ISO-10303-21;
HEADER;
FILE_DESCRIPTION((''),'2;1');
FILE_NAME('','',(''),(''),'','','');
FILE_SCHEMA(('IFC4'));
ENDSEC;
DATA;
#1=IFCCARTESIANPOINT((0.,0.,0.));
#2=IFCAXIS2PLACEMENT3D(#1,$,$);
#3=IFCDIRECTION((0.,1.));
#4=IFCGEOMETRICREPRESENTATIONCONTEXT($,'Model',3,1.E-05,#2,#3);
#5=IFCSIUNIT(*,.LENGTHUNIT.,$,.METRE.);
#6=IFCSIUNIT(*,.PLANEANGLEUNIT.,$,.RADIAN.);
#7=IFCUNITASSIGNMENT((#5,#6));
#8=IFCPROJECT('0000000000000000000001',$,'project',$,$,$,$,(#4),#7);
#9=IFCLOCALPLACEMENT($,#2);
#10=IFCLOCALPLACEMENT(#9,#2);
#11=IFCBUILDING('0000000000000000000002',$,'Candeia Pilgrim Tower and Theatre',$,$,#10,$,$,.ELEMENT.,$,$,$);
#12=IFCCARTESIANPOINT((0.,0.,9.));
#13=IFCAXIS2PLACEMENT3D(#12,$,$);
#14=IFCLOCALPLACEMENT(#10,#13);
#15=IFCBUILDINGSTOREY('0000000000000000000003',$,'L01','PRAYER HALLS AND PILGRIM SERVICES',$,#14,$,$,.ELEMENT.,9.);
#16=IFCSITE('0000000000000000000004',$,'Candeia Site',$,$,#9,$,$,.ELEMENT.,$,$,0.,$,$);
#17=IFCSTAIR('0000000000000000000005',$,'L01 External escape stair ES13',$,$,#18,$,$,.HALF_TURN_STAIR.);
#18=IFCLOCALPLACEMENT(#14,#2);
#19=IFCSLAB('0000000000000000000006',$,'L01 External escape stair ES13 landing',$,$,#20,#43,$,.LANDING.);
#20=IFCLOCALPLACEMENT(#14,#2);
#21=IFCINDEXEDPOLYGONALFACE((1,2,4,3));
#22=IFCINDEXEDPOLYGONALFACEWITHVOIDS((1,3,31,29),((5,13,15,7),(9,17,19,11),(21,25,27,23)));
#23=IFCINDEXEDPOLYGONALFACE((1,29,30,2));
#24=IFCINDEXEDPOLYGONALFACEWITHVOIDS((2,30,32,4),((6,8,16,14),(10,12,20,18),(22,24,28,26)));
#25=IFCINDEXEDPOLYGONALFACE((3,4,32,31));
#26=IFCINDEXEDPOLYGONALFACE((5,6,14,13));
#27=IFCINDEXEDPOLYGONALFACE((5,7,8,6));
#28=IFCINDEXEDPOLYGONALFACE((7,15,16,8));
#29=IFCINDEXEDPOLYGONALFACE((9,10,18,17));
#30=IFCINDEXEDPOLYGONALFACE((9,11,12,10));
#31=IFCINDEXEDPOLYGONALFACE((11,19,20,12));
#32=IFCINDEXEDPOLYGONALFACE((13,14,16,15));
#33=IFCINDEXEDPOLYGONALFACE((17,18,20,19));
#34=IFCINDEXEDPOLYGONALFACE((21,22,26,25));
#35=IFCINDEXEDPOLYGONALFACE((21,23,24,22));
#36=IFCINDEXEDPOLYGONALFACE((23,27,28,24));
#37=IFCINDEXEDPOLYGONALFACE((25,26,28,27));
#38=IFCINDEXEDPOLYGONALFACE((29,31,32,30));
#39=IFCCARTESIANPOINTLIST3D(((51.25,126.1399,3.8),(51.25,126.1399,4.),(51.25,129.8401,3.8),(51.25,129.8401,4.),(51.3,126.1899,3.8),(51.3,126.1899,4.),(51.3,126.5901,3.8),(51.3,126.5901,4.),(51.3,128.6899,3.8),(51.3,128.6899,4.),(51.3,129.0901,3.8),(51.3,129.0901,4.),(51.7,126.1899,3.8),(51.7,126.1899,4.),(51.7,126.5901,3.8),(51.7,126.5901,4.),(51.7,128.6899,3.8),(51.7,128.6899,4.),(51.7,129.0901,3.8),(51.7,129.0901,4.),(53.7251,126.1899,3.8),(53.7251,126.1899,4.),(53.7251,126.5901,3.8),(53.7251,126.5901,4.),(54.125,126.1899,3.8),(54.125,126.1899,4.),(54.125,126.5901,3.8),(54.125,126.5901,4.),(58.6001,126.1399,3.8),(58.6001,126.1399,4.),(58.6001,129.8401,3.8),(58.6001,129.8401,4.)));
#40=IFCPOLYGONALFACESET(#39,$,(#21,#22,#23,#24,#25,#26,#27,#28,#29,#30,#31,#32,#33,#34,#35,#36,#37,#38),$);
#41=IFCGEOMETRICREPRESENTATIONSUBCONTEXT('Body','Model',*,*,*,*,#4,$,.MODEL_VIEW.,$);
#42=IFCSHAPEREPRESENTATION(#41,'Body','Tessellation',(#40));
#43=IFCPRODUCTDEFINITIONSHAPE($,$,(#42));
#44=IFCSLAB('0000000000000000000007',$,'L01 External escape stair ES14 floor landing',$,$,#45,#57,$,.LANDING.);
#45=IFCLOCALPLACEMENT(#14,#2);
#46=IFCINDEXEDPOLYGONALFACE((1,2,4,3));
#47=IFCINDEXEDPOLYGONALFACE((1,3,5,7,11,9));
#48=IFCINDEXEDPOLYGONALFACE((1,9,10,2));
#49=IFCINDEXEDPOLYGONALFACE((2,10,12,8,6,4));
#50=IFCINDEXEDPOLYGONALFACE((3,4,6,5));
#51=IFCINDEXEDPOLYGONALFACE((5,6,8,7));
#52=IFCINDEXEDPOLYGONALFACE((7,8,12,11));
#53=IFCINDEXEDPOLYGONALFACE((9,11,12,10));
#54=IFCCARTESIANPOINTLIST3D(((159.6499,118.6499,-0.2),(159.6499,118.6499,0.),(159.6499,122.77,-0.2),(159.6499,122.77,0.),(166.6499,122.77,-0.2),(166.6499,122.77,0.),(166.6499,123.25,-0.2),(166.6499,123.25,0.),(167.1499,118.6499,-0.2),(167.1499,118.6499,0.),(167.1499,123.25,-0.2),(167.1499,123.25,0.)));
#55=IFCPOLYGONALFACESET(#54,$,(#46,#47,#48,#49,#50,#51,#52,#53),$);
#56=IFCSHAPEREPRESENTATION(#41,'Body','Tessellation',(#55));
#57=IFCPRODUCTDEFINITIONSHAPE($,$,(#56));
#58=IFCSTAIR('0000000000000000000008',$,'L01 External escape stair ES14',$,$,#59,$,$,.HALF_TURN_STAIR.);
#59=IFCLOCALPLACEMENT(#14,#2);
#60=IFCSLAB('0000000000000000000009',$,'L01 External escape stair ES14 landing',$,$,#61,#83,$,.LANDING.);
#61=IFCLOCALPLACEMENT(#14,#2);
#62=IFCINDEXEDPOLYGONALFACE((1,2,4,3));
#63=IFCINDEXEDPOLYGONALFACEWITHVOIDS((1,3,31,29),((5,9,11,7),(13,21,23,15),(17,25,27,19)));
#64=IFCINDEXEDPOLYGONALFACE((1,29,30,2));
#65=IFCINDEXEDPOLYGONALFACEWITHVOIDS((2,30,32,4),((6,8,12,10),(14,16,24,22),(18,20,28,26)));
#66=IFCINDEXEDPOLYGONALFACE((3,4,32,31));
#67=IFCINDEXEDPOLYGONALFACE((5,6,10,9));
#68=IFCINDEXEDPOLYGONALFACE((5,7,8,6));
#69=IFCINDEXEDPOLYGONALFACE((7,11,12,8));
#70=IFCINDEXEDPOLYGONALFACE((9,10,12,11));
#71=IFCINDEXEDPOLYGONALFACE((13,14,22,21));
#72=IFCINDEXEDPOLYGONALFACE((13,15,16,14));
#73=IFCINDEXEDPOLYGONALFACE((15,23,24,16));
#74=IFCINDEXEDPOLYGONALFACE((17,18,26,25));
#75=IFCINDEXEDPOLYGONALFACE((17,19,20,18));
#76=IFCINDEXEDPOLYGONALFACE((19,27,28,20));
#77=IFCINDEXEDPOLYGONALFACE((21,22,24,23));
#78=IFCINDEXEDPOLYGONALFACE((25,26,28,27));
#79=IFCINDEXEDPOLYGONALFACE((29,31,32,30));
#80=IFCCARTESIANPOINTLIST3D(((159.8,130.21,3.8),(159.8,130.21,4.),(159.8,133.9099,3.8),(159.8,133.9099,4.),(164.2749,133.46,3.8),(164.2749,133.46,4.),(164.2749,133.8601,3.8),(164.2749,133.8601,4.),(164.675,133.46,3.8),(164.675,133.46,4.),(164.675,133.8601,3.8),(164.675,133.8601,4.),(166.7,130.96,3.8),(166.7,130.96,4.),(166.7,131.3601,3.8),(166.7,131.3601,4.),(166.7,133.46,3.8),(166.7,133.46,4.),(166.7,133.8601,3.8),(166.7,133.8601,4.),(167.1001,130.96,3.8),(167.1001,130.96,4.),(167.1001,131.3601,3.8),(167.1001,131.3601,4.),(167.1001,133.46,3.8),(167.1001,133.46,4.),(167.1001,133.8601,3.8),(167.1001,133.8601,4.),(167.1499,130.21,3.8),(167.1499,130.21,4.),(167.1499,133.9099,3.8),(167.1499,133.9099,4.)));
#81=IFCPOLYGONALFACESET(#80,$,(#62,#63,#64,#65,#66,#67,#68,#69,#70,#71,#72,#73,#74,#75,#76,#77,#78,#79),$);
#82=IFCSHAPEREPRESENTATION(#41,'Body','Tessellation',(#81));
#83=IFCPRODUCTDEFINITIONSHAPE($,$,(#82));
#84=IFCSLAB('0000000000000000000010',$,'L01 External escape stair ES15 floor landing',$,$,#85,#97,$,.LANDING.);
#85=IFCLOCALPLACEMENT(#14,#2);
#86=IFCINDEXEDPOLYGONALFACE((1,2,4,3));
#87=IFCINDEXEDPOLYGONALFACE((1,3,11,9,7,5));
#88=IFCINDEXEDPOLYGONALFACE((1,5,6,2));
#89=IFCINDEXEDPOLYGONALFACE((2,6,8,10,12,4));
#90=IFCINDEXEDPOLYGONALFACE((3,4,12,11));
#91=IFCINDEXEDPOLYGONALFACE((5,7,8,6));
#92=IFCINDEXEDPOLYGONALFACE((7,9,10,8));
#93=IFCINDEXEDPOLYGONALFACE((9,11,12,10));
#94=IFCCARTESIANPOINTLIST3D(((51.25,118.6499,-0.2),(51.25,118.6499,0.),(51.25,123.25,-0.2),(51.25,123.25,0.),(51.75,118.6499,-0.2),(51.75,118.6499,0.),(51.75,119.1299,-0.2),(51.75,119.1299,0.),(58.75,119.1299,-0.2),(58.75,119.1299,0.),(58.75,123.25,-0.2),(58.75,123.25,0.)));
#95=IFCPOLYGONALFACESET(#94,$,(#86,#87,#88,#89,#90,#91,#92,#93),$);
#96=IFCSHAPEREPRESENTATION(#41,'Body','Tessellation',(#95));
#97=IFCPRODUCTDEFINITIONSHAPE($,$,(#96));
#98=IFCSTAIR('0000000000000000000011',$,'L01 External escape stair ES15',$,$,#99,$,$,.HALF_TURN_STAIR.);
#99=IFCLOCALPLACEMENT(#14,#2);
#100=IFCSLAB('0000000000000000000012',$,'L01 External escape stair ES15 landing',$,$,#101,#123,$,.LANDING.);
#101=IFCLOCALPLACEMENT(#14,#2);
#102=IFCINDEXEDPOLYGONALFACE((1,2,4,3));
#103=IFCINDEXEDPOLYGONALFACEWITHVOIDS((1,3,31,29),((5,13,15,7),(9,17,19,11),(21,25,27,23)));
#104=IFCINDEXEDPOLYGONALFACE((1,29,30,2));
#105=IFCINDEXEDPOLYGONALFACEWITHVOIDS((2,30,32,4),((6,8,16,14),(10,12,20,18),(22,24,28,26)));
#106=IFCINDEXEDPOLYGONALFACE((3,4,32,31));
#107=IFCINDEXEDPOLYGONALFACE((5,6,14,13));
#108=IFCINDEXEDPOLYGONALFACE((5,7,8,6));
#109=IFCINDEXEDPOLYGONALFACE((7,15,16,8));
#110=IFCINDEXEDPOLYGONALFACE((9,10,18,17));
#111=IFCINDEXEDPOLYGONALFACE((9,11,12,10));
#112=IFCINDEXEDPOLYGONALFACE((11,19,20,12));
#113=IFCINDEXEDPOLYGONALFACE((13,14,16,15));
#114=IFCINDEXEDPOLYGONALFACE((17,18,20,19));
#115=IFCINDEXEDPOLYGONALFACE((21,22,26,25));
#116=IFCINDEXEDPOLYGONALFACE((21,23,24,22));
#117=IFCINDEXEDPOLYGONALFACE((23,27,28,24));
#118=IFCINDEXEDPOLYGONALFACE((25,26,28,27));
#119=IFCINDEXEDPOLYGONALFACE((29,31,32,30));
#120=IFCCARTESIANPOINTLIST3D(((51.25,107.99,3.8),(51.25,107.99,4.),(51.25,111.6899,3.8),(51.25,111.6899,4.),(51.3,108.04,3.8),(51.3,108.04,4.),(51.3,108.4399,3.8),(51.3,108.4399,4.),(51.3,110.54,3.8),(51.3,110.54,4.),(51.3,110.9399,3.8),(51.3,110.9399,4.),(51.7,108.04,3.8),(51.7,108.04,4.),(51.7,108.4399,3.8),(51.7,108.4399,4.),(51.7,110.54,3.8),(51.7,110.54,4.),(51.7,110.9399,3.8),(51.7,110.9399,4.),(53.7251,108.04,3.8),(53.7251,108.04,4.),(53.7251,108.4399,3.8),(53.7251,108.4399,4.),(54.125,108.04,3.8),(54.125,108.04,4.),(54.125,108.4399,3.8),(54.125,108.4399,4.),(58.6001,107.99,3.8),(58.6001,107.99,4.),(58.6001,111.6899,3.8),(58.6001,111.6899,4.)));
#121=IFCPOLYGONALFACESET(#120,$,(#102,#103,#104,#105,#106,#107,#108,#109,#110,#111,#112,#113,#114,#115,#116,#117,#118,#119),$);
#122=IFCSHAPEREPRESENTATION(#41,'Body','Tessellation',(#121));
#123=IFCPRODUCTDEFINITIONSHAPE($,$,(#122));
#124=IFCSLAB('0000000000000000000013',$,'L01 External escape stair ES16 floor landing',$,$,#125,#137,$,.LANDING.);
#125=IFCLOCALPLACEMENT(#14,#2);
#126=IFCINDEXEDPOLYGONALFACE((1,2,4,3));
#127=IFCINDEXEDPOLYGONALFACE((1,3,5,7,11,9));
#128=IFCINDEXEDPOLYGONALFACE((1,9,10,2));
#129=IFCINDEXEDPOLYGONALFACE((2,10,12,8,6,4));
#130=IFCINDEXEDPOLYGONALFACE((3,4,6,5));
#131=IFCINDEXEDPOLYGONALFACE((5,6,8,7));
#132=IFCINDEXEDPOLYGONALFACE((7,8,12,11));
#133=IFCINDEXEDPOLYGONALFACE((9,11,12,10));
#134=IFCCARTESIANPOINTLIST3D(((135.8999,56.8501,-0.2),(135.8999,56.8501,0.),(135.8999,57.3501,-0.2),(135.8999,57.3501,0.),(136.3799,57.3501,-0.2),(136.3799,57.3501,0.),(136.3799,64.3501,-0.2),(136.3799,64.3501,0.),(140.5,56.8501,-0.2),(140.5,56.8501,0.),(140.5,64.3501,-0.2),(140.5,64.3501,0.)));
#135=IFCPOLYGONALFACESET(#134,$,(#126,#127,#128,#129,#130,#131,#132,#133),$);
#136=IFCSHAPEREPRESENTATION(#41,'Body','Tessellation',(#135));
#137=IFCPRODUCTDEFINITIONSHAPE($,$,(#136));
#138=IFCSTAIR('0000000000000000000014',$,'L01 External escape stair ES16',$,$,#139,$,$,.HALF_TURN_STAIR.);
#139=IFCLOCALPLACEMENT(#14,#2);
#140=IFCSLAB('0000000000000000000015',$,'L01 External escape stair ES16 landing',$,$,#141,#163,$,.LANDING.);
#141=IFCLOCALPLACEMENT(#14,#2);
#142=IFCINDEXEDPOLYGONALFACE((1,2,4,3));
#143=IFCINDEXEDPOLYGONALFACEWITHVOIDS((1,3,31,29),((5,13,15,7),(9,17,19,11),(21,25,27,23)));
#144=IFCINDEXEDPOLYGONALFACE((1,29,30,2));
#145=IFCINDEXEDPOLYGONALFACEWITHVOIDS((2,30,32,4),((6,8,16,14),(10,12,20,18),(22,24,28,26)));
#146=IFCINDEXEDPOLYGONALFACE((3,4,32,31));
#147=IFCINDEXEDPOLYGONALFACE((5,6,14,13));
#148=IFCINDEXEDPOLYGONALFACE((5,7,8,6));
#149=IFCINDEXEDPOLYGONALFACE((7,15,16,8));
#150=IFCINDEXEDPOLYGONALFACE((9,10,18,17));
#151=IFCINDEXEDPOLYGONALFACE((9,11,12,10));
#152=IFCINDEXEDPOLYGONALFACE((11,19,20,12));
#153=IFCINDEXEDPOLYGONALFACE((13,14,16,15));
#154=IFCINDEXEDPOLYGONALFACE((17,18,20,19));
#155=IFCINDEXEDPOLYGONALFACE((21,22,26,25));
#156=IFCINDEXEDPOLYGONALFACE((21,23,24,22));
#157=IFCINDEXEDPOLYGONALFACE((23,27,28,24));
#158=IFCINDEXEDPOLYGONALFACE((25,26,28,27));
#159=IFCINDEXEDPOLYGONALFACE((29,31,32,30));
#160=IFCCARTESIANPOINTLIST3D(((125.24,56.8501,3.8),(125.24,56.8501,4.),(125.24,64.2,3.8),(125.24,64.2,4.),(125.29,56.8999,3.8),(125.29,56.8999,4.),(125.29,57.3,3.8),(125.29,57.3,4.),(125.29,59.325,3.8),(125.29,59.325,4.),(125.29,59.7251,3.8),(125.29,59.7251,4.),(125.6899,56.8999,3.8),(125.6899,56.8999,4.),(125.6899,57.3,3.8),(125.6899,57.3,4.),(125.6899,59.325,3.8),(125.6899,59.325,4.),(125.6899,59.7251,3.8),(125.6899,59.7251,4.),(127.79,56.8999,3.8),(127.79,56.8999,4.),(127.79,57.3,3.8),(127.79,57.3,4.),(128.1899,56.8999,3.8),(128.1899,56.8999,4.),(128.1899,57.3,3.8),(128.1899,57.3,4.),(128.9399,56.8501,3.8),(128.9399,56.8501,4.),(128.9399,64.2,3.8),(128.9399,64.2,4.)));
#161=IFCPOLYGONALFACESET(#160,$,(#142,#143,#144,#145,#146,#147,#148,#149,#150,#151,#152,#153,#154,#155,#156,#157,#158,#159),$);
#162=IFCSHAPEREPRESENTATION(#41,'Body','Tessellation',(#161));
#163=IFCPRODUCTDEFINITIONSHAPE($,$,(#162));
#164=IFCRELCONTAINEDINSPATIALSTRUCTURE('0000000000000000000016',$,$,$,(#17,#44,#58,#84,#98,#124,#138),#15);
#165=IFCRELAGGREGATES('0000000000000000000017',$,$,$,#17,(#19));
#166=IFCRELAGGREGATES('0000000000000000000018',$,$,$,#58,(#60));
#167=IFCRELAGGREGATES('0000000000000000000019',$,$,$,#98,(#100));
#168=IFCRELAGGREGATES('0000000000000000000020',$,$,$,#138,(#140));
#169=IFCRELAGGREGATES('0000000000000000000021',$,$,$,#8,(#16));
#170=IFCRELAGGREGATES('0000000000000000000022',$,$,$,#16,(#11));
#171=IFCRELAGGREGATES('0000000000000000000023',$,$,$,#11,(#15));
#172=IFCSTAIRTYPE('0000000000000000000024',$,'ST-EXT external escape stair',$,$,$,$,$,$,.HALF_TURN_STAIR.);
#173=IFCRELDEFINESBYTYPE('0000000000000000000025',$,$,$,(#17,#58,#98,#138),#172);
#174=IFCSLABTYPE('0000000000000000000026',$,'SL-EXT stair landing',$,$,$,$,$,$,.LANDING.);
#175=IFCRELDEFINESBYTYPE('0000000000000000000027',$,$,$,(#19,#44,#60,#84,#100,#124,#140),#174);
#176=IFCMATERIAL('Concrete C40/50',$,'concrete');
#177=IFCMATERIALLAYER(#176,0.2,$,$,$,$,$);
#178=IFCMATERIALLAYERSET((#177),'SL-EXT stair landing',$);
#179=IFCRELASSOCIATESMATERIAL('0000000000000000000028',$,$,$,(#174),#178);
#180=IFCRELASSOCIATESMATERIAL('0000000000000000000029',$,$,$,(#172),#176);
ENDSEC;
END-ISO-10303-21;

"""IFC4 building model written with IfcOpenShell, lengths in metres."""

from ifc_helpers import new_model, si_unit, direction, frame, origin, place, context, subcontext, project, spatial, polyline, outline, extrude, material, layer, layer_set, type_object, element, aggregate, save


model = new_model("IFC4")

# Units and contexts
model_context = context("Model", 3, precision=1e-05, world=origin(), true_north=direction((0.0, 1.0)))
body_context = subcontext(model_context, "Body", "Model", "MODEL_VIEW")
ifc_project = project(units=[si_unit("LENGTHUNIT", "METRE"), si_unit("PLANEANGLEUNIT", "RADIAN")], contexts=[model_context])

# Site, building, storey
site_placement = place(None, origin())
site = spatial("IfcSite", under=ifc_project, at=site_placement, Name="Candeia Site", CompositionType="ELEMENT", RefElevation=0.0)
building_placement = place(site_placement, origin())
building = spatial("IfcBuilding", under=site, at=building_placement, Name="Candeia Pilgrim Tower and Theatre", CompositionType="ELEMENT")
storey_placement = place(building_placement, frame((0.0, 0.0, 9.0)))
storey = spatial("IfcBuildingStorey", under=building, at=storey_placement, Name="L01", Description="PRAYER HALLS AND PILGRIM SERVICES", CompositionType="ELEMENT", Elevation=9.0)

# Shared definitions
ifc_material_1 = material(Name="Concrete C40/50", Category="concrete")

# Shared definitions
ifc_layer = layer(ifc_material_1, 0.2)
ifc_layer_set = layer_set([ifc_layer], Name="SL-EXT stair landing")
slab_type = type_object("IfcSlabType", Name="SL-EXT stair landing", PredefinedType="LANDING", material=ifc_layer_set)

# Shared definitions
stair_type = type_object("IfcStairType", Name="ST-EXT external escape stair", PredefinedType="HALF_TURN_STAIR", material=ifc_material_1)

# Stair, slab
stair_1_placement = place(storey_placement, origin())
stair_1 = element("IfcStair", 1, at=stair_1_placement, inside=storey, type_object=stair_type, Name="L01 External escape stair ES13", PredefinedType="HALF_TURN_STAIR")
slab_1_placement = place(storey_placement, frame((0.0, 0.0, 3.8)))
slab_1 = element("IfcSlab", 2, at=slab_1_placement, type_object=slab_type, Name="L01 External escape stair ES13 landing", PredefinedType="LANDING", context=body_context, shape_type="SweptSolid", body=[
    extrude(outline(polyline([(58.6001, 129.8401), (58.6001, 126.1399), (51.25, 126.1399), (51.25, 129.8401), (58.6001, 129.8401)]), holes=[polyline([(51.3, 128.6899), (51.7, 128.6899), (51.7, 129.0901), (51.3, 129.0901), (51.3, 128.6899)]), polyline([(51.3, 126.1899), (51.7, 126.1899), (51.7, 126.5901), (51.3, 126.5901), (51.3, 126.1899)]), polyline([(53.7251, 126.1899), (54.125, 126.1899), (54.125, 126.5901), (53.7251, 126.5901), (53.7251, 126.1899)])]), origin(), (0.0, 0.0, 1.0), 0.2),
])
aggregate(stair_1, [slab_1])

# Slab
slab_2_placement = place(storey_placement, frame((0.0, 0.0, -0.2)))
element("IfcSlab", 3, at=slab_2_placement, inside=storey, type_object=slab_type, Name="L01 External escape stair ES14 floor landing", PredefinedType="LANDING", context=body_context, shape_type="SweptSolid", body=[
    extrude(outline(polyline([(159.6499, 118.6499), (159.6499, 122.77), (166.6499, 122.77), (166.6499, 123.25), (167.1499, 123.25), (167.1499, 118.6499), (159.6499, 118.6499)])), origin(), (0.0, 0.0, 1.0), 0.2),
])

# Stair, slab
stair_2_placement = place(storey_placement, origin())
stair_2 = element("IfcStair", 4, at=stair_2_placement, inside=storey, type_object=stair_type, Name="L01 External escape stair ES14", PredefinedType="HALF_TURN_STAIR")
slab_3_placement = place(storey_placement, frame((0.0, 0.0, 3.8)))
slab_3 = element("IfcSlab", 5, at=slab_3_placement, type_object=slab_type, Name="L01 External escape stair ES14 landing", PredefinedType="LANDING", context=body_context, shape_type="SweptSolid", body=[
    extrude(outline(polyline([(159.8, 130.21), (159.8, 133.9099), (167.1499, 133.9099), (167.1499, 130.21), (159.8, 130.21)]), holes=[polyline([(166.7, 130.96), (167.1001, 130.96), (167.1001, 131.3601), (166.7, 131.3601), (166.7, 130.96)]), polyline([(166.7, 133.46), (167.1001, 133.46), (167.1001, 133.8601), (166.7, 133.8601), (166.7, 133.46)]), polyline([(164.2749, 133.46), (164.675, 133.46), (164.675, 133.8601), (164.2749, 133.8601), (164.2749, 133.46)])]), origin(), (0.0, 0.0, 1.0), 0.2),
])
aggregate(stair_2, [slab_3])

# Slab
slab_4_placement = place(storey_placement, frame((0.0, 0.0, -0.2)))
element("IfcSlab", 6, at=slab_4_placement, inside=storey, type_object=slab_type, Name="L01 External escape stair ES15 floor landing", PredefinedType="LANDING", context=body_context, shape_type="SweptSolid", body=[
    extrude(outline(polyline([(58.75, 123.25), (58.75, 119.1299), (51.75, 119.1299), (51.75, 118.6499), (51.25, 118.6499), (51.25, 123.25), (58.75, 123.25)])), origin(), (0.0, 0.0, 1.0), 0.2),
])

# Stair, slab
stair_3_placement = place(storey_placement, origin())
stair_3 = element("IfcStair", 7, at=stair_3_placement, inside=storey, type_object=stair_type, Name="L01 External escape stair ES15", PredefinedType="HALF_TURN_STAIR")
slab_5_placement = place(storey_placement, frame((0.0, 0.0, 3.8)))
slab_5 = element("IfcSlab", 8, at=slab_5_placement, type_object=slab_type, Name="L01 External escape stair ES15 landing", PredefinedType="LANDING", context=body_context, shape_type="SweptSolid", body=[
    extrude(outline(polyline([(58.6001, 111.6899), (58.6001, 107.99), (51.25, 107.99), (51.25, 111.6899), (58.6001, 111.6899)]), holes=[polyline([(51.3, 110.54), (51.7, 110.54), (51.7, 110.9399), (51.3, 110.9399), (51.3, 110.54)]), polyline([(51.3, 108.04), (51.7, 108.04), (51.7, 108.4399), (51.3, 108.4399), (51.3, 108.04)]), polyline([(53.7251, 108.04), (54.125, 108.04), (54.125, 108.4399), (53.7251, 108.4399), (53.7251, 108.04)])]), origin(), (0.0, 0.0, 1.0), 0.2),
])
aggregate(stair_3, [slab_5])

# Slab
slab_6_placement = place(storey_placement, frame((0.0, 0.0, -0.2)))
element("IfcSlab", 9, at=slab_6_placement, inside=storey, type_object=slab_type, Name="L01 External escape stair ES16 floor landing", PredefinedType="LANDING", context=body_context, shape_type="SweptSolid", body=[
    extrude(outline(polyline([(140.5, 64.3501), (136.3799, 64.3501), (136.3799, 57.3501), (135.8999, 57.3501), (135.8999, 56.8501), (140.5, 56.8501), (140.5, 64.3501)])), origin(), (0.0, 0.0, 1.0), 0.2),
])

# Stair, slab
stair_4_placement = place(storey_placement, origin())
stair_4 = element("IfcStair", 10, at=stair_4_placement, inside=storey, type_object=stair_type, Name="L01 External escape stair ES16", PredefinedType="HALF_TURN_STAIR")
slab_7_placement = place(storey_placement, frame((0.0, 0.0, 3.8)))
slab_7 = element("IfcSlab", 11, at=slab_7_placement, type_object=slab_type, Name="L01 External escape stair ES16 landing", PredefinedType="LANDING", context=body_context, shape_type="SweptSolid", body=[
    extrude(outline(polyline([(128.9399, 64.2), (125.24, 64.2), (125.24, 56.8501), (128.9399, 56.8501), (128.9399, 64.2)]), holes=[polyline([(127.79, 56.8999), (128.1899, 56.8999), (128.1899, 57.3), (127.79, 57.3), (127.79, 56.8999)]), polyline([(125.29, 56.8999), (125.6899, 56.8999), (125.6899, 57.3), (125.29, 57.3), (125.29, 56.8999)]), polyline([(125.29, 59.325), (125.6899, 59.325), (125.6899, 59.7251), (125.29, 59.7251), (125.29, 59.325)])]), origin(), (0.0, 0.0, 1.0), 0.2),
])
aggregate(stair_4, [slab_7])

save(model, "model.ifc")
